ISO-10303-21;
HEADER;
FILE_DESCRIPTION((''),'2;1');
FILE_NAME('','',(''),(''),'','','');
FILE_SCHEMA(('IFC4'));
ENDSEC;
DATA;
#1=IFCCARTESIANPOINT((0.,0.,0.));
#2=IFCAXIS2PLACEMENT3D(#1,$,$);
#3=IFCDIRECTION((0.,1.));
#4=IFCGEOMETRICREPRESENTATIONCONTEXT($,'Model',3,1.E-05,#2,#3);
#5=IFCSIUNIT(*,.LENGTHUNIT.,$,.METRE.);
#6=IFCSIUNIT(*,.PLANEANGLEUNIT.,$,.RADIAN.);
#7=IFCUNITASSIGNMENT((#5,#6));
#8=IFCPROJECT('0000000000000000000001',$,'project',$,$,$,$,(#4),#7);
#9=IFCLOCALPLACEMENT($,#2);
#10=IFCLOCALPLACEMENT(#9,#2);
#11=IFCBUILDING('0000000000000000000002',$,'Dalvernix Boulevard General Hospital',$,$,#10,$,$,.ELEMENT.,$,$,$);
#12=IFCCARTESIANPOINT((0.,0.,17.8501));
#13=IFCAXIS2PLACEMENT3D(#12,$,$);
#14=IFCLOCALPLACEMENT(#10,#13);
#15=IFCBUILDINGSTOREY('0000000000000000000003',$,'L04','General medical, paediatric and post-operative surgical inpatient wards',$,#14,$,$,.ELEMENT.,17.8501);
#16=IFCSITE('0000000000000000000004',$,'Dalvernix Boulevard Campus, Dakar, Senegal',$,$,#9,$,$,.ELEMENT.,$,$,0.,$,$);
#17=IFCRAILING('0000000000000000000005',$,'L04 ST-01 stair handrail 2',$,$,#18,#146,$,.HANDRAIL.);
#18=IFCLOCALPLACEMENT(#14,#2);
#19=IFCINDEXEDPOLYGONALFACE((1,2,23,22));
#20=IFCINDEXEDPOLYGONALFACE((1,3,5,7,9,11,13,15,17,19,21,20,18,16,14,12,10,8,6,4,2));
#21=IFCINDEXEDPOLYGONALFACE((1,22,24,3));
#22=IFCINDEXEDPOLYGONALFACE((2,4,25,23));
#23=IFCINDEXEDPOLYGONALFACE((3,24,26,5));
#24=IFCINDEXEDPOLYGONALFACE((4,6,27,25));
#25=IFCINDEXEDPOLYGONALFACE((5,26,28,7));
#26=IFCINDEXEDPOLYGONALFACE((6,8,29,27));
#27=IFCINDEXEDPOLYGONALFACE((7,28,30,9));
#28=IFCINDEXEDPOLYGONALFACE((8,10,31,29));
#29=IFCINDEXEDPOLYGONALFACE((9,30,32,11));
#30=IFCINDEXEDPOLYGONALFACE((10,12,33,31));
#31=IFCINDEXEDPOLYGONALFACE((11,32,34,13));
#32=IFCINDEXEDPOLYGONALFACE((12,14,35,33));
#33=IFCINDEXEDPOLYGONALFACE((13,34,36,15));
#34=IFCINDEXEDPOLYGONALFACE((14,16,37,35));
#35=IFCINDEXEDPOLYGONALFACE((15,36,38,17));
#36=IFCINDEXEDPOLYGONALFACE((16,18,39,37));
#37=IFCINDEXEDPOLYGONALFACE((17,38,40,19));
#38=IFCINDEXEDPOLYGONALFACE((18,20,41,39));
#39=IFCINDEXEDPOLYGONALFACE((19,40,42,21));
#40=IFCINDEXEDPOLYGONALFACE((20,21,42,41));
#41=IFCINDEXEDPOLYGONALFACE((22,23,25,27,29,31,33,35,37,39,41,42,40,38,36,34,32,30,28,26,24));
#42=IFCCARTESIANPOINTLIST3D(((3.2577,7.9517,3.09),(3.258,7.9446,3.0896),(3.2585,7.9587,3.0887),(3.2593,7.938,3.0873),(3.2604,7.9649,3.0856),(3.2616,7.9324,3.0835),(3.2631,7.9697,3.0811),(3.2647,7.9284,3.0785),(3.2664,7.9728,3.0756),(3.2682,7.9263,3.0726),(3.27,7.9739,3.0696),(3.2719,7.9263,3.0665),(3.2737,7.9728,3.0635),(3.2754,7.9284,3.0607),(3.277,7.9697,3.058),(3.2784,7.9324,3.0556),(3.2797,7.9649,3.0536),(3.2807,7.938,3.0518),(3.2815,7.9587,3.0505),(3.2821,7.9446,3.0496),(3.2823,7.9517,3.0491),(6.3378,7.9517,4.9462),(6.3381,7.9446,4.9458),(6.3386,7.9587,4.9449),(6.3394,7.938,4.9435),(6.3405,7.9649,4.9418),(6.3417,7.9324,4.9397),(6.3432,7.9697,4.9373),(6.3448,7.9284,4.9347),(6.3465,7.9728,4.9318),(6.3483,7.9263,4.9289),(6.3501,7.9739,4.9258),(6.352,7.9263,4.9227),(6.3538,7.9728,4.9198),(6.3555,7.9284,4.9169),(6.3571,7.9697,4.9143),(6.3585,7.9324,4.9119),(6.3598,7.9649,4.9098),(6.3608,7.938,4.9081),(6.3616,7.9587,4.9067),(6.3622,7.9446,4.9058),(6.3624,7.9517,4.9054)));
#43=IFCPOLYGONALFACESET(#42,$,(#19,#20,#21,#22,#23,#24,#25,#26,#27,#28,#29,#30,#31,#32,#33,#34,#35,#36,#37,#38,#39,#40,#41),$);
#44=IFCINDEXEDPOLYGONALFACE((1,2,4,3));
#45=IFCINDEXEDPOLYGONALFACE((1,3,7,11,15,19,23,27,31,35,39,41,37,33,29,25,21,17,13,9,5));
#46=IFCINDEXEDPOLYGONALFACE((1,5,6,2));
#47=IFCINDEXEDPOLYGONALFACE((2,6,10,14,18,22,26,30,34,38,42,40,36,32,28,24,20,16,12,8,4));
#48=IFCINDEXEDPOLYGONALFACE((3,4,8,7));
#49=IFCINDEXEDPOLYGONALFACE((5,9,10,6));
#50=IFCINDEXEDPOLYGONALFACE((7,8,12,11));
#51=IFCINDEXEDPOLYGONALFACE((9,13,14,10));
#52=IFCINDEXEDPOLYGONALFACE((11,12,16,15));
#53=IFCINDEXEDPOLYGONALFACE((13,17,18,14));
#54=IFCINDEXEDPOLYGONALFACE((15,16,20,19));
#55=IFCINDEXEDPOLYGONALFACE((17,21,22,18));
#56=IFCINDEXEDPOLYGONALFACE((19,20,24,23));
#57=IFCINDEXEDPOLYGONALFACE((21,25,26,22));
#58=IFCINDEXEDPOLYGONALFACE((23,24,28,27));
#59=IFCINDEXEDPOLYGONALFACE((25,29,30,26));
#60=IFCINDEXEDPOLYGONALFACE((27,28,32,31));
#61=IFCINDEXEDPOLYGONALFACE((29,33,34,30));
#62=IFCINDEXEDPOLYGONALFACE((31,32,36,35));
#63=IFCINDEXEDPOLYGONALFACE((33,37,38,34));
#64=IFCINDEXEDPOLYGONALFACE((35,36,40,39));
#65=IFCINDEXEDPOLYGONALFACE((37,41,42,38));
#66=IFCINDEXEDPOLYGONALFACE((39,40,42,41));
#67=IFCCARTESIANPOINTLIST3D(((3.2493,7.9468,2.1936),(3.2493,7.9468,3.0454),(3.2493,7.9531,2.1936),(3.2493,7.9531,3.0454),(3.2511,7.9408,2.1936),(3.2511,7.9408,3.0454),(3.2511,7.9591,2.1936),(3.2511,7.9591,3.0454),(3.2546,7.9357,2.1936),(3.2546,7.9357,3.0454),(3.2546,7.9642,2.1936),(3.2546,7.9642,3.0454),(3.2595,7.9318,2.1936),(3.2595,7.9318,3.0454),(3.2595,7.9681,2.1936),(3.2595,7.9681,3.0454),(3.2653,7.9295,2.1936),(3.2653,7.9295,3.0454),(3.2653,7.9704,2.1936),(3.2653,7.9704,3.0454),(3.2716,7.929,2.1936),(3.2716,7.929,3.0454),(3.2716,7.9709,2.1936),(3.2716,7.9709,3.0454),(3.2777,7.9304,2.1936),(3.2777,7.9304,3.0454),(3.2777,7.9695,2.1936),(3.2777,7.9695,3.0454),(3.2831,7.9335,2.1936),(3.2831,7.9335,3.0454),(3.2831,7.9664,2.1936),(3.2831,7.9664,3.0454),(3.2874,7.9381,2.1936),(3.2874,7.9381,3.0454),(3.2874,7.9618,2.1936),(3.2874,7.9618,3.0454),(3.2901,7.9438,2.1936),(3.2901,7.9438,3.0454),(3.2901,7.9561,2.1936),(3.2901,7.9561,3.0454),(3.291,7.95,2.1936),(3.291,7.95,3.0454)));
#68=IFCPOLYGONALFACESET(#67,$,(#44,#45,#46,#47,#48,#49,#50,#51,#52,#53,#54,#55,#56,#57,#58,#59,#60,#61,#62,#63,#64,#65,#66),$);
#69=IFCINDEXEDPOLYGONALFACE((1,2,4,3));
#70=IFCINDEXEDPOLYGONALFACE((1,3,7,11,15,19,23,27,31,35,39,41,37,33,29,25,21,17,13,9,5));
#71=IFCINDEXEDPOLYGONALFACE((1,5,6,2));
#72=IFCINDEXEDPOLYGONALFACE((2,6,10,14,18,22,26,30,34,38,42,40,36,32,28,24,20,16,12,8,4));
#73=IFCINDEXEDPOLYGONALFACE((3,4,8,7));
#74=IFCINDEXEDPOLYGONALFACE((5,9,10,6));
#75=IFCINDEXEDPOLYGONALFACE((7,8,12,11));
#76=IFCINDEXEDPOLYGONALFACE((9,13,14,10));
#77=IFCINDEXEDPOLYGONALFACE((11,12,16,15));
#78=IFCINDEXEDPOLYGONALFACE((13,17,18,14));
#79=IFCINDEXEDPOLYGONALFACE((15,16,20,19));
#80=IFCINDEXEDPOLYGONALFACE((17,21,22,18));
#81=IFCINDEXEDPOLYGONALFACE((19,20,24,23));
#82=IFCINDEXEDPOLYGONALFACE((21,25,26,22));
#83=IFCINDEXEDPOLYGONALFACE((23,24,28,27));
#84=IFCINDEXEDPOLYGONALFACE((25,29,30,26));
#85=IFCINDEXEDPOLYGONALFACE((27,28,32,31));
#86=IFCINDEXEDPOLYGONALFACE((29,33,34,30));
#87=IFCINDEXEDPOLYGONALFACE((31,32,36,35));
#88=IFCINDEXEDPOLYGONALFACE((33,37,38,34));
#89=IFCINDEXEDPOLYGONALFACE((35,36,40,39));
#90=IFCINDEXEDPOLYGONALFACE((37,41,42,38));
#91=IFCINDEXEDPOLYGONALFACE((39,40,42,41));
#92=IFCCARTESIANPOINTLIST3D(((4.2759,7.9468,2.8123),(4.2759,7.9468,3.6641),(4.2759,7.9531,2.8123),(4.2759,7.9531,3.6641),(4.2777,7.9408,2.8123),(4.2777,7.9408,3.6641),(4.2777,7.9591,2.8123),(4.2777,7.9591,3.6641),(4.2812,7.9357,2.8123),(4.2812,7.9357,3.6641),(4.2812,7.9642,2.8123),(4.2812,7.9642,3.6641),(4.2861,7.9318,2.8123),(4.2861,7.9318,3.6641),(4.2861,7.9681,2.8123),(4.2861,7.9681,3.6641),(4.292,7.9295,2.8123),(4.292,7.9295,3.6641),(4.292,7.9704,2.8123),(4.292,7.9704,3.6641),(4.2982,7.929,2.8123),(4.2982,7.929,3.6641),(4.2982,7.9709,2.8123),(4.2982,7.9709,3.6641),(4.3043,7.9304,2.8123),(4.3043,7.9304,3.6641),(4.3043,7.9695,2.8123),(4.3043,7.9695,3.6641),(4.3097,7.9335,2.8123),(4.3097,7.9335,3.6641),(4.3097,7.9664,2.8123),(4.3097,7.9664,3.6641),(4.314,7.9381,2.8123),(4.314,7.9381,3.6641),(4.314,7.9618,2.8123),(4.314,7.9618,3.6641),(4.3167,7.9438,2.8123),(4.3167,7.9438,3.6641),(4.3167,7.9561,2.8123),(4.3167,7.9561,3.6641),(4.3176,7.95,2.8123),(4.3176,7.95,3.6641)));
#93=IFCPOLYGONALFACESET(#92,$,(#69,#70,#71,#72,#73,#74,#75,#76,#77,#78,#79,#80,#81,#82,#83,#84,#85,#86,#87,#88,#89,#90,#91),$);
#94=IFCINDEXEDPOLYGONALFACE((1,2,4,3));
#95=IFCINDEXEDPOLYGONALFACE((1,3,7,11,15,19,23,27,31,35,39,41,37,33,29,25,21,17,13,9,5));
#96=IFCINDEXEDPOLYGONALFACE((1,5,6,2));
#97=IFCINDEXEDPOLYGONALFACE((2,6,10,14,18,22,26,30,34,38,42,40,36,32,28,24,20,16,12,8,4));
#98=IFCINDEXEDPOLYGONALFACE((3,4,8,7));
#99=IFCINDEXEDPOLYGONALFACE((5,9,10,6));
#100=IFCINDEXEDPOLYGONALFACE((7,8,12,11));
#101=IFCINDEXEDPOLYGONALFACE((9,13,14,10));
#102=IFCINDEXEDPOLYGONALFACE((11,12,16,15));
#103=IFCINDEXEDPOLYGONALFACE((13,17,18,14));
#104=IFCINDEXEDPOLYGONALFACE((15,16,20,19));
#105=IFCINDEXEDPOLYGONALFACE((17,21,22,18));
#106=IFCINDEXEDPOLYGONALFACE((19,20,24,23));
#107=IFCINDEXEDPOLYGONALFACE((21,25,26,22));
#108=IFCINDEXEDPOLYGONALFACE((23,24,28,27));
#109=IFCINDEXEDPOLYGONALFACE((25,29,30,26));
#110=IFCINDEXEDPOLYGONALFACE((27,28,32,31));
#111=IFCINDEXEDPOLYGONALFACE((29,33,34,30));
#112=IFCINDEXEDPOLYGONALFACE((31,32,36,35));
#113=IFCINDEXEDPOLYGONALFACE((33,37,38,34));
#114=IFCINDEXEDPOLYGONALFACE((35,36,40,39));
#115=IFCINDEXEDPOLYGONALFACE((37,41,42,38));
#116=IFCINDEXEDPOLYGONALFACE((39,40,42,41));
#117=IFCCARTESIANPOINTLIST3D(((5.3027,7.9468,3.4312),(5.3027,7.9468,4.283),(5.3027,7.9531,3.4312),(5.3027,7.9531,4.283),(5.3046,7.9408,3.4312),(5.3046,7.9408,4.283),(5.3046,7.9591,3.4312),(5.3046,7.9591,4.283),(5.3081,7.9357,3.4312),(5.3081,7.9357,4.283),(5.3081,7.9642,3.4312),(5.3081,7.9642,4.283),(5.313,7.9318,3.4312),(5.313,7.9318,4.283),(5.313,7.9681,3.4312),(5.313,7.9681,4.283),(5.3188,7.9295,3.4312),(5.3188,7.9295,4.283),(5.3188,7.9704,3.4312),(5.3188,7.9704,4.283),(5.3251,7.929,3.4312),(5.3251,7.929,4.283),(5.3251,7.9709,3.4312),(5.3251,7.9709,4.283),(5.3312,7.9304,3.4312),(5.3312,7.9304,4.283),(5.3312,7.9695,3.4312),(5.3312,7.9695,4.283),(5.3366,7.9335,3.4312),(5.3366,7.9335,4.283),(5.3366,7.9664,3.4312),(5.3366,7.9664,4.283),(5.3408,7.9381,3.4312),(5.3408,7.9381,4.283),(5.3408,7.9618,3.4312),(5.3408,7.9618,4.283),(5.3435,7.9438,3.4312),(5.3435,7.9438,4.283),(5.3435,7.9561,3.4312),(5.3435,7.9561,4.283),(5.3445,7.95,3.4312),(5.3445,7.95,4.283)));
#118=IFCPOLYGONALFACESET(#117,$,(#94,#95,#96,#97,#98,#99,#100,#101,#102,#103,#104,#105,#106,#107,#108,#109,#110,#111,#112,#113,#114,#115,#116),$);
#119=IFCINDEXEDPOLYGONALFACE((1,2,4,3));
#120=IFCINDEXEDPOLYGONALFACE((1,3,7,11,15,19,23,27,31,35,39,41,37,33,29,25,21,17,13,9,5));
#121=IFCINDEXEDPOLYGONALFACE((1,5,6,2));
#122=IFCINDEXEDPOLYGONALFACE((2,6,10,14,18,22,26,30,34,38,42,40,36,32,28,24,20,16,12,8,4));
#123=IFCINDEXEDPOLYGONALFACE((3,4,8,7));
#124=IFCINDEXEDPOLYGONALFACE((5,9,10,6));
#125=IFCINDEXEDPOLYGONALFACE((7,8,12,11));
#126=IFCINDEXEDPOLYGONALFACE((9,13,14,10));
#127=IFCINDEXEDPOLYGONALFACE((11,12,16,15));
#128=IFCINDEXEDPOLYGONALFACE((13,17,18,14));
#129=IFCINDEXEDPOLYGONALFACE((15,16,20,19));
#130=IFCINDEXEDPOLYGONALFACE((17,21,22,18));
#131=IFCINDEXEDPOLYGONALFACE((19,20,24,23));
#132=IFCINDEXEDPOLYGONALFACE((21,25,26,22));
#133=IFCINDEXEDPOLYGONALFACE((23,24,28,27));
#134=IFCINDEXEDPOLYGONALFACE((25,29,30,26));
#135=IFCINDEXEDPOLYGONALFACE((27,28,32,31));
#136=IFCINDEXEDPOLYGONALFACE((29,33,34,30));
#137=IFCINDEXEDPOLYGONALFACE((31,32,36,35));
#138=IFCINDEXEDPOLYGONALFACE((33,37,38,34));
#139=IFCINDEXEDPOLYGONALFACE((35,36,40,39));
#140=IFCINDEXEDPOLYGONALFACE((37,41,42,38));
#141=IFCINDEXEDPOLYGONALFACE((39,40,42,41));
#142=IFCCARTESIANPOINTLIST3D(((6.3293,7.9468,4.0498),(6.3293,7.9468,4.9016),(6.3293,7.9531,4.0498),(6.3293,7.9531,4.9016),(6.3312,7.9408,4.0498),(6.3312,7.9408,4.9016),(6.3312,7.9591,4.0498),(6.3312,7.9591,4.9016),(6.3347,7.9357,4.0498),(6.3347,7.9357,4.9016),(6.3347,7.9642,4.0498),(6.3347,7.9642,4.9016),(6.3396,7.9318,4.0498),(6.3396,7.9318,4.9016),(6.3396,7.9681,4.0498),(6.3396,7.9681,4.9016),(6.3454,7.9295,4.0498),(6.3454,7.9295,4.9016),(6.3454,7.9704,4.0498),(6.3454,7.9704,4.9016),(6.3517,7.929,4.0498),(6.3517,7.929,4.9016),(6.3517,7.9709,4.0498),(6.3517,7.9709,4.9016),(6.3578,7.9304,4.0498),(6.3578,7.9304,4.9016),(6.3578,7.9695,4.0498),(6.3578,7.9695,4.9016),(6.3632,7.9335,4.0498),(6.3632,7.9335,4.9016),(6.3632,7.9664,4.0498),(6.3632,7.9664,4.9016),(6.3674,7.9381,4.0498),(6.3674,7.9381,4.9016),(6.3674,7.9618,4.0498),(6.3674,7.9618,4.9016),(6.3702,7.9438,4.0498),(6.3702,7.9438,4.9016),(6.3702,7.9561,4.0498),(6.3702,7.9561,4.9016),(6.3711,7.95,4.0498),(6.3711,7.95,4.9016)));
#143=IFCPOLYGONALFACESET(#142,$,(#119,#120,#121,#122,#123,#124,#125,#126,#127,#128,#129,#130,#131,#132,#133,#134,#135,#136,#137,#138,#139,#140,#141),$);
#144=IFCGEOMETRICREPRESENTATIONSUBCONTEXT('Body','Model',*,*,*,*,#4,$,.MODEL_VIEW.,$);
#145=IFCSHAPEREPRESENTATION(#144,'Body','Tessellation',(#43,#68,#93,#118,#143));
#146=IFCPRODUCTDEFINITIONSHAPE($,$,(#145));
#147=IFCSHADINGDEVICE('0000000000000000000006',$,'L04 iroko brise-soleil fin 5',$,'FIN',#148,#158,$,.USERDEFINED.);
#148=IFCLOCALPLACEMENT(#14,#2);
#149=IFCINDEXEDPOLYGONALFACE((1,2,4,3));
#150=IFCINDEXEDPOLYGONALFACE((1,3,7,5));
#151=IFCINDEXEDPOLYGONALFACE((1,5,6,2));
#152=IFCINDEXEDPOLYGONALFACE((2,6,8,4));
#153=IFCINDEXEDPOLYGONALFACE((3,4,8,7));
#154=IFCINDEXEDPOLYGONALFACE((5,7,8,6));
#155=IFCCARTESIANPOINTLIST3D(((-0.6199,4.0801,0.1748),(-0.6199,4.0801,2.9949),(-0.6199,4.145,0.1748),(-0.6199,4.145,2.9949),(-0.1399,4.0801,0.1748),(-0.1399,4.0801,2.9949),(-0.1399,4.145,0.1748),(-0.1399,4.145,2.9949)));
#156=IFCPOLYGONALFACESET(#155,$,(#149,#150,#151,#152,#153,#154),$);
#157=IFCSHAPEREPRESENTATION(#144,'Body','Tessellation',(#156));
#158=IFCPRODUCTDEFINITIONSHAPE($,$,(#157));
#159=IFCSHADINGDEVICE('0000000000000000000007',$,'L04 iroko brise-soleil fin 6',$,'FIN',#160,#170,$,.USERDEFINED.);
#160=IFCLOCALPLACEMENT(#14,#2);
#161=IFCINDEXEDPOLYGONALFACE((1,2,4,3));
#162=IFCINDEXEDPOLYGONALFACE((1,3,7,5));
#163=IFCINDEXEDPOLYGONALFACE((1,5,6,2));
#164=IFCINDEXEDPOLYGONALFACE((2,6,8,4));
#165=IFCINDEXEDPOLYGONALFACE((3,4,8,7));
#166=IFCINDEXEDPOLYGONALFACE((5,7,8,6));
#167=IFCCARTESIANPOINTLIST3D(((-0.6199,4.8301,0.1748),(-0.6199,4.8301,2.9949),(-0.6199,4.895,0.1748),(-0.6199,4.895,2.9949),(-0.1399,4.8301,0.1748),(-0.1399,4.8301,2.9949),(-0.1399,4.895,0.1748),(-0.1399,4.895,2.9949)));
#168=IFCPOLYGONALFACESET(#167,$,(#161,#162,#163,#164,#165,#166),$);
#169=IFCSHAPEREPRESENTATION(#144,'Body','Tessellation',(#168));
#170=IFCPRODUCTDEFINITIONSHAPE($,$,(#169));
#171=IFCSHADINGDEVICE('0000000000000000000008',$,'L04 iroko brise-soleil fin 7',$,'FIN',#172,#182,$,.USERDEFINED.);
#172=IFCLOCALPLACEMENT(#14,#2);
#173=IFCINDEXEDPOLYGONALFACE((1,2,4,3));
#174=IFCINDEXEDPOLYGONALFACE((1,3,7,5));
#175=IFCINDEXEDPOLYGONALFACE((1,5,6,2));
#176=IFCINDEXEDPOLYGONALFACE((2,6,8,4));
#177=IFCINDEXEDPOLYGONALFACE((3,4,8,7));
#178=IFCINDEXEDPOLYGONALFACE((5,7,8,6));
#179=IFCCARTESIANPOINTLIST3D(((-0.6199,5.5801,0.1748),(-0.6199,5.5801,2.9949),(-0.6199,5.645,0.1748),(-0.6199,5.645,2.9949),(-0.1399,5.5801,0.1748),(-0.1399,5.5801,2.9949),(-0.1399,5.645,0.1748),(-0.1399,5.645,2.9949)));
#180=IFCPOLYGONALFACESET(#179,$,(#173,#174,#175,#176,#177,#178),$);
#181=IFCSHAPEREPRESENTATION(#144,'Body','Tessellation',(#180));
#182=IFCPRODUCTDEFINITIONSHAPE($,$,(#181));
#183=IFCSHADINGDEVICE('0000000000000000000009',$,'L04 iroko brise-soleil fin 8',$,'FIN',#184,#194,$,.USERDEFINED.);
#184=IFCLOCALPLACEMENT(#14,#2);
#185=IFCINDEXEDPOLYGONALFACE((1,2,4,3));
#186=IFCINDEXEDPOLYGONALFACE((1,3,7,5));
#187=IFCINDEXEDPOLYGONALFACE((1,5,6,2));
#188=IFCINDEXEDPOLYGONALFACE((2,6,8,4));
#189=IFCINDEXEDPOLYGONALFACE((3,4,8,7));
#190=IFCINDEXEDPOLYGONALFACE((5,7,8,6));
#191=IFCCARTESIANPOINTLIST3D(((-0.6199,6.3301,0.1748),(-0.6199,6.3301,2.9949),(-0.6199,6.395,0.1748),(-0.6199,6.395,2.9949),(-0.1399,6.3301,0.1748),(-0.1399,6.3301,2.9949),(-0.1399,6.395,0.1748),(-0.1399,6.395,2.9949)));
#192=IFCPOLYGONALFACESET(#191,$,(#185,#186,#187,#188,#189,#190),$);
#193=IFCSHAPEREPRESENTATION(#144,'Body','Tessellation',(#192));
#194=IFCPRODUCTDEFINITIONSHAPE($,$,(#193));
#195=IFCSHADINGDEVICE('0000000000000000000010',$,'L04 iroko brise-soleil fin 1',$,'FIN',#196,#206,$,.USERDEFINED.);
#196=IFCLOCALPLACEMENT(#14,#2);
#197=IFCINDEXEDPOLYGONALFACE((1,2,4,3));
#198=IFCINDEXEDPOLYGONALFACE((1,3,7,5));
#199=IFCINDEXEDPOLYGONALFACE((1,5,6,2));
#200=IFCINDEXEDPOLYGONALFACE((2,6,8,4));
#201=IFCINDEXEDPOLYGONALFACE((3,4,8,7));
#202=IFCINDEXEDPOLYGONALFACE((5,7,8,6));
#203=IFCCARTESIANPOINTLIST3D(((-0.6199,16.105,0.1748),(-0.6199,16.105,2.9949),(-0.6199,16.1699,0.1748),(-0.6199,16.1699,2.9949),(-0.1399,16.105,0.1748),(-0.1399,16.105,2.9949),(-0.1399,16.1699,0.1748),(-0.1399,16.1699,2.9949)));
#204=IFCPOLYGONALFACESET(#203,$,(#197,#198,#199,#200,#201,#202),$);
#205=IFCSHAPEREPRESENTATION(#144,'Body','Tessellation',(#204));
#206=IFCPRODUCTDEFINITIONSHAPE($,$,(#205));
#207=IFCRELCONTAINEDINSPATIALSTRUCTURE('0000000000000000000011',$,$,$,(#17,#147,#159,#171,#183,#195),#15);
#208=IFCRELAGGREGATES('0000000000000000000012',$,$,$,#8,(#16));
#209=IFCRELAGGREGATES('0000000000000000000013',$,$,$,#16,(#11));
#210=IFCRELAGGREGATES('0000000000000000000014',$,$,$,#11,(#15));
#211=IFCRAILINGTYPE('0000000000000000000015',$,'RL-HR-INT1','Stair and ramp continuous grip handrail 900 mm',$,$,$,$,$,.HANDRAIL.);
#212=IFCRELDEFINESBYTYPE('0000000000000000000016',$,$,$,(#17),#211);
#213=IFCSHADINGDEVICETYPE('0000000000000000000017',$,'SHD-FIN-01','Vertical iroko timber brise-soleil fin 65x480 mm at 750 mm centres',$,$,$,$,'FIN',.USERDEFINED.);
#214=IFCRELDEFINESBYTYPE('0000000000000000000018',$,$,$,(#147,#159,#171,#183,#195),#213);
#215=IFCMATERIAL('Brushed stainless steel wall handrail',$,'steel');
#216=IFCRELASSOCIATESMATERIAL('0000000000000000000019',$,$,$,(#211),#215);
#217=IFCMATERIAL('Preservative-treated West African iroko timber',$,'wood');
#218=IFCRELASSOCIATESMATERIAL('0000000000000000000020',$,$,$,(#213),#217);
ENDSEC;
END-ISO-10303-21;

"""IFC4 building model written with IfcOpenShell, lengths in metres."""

from ifc_helpers import new_model, si_unit, direction, frame, origin, origin_2d, place, context, subcontext, project, spatial, rectangle, circle, extrude, material, type_object, element, save


model = new_model("IFC4")

# Units and contexts
model_context = context("Model", 3, precision=1e-05, world=origin(), true_north=direction((0.0, 1.0)))
body_context = subcontext(model_context, "Body", "Model", "MODEL_VIEW")
ifc_project = project(units=[si_unit("LENGTHUNIT", "METRE"), si_unit("PLANEANGLEUNIT", "RADIAN")], contexts=[model_context])

# Site, building, storey
site_placement = place(None, origin())
site = spatial("IfcSite", under=ifc_project, at=site_placement, Name="Dalvernix Boulevard Campus, Dakar, Senegal", CompositionType="ELEMENT", RefElevation=0.0)
building_placement = place(site_placement, origin())
building = spatial("IfcBuilding", under=site, at=building_placement, Name="Dalvernix Boulevard General Hospital", CompositionType="ELEMENT")
storey_placement = place(building_placement, frame((0.0, 0.0, 17.8501)))
storey = spatial("IfcBuildingStorey", under=building, at=storey_placement, Name="L04", Description="General medical, paediatric and post-operative surgical inpatient wards", CompositionType="ELEMENT", Elevation=17.8501)

# Railing
ifc_material_1 = material(Name="Brushed stainless steel wall handrail", Category="steel")
railing_type_1 = type_object("IfcRailingType", Name="RL-HR-INT1", Description="Stair and ramp continuous grip handrail 900 mm", PredefinedType="HANDRAIL", material=ifc_material_1)
railing_1_placement = place(storey_placement, frame((3.27, 7.95, 2.1936)))
element("IfcRailing", 1, at=railing_1_placement, inside=storey, type_object=railing_type_1, Name="L04 ST-01 stair handrail 2", PredefinedType="HANDRAIL", context=body_context, shape_type="SweptSolid", body=[
    extrude(circle(Radius=0.0239, at=origin_2d()), frame((0.0, 0.0, 0.876), z_axis=(0.856491, 0.0, 0.516162), x_axis=(0.0, 1.0, 0.0)), (0.0, 0.0, 1.0), 3.5962),
    extrude(circle(Radius=0.021, at=origin_2d()), origin(), (0.0, 0.0, 1.0), 0.8518),
    extrude(circle(Radius=0.021, at=origin_2d()), frame((1.0266, 0.0, 0.6187)), (0.0, 0.0, 1.0), 0.8518),
    extrude(circle(Radius=0.021, at=origin_2d()), frame((2.0535, 0.0, 1.2375)), (0.0, 0.0, 1.0), 0.8518),
    extrude(circle(Radius=0.021, at=origin_2d()), frame((3.0801, 0.0, 1.8562)), (0.0, 0.0, 1.0), 0.8518),
])

# Shading devices
ifc_material_2 = material(Name="Preservative-treated West African iroko timber", Category="wood")
shading_device_type = type_object("IfcShadingDeviceType", Name="SHD-FIN-01", Description="Vertical iroko timber brise-soleil fin 65x480 mm at 750 mm centres", ElementType="FIN", PredefinedType="USERDEFINED", material=ifc_material_2)
for number, where, z_axis, x_axis, name in (
    (2, (-0.3799, 4.1125, 0.1748), (0.0, 0.0, 1.0), (0.0, 1.0, 0.0), "L04 iroko brise-soleil fin 5"),
    (3, (-0.3799, 4.8625, 0.1748), (0.0, 0.0, 1.0), (0.0, 1.0, 0.0), "L04 iroko brise-soleil fin 6"),
    (4, (-0.3799, 5.6125, 0.1748), (0.0, 0.0, 1.0), (0.0, 1.0, 0.0), "L04 iroko brise-soleil fin 7"),
    (5, (-0.3799, 6.3625, 0.1748), (0.0, 0.0, 1.0), (0.0, 1.0, 0.0), "L04 iroko brise-soleil fin 8"),
    (6, (-0.3799, 16.1375, 0.1748), (0.0, 0.0, 1.0), (0.0, 1.0, 0.0), "L04 iroko brise-soleil fin 1"),
):
    element("IfcShadingDevice", number, at=place(storey_placement, frame(where, z_axis=z_axis, x_axis=x_axis)), inside=storey, type_object=shading_device_type, Name=name, ObjectType="FIN", PredefinedType="USERDEFINED", context=body_context, shape_type="SweptSolid", body=[
        extrude(rectangle(XDim=0.0649, YDim=0.48, at=origin_2d()), origin(), (0.0, 0.0, 1.0), 2.8201),
    ])

save(model, "model.ifc")
